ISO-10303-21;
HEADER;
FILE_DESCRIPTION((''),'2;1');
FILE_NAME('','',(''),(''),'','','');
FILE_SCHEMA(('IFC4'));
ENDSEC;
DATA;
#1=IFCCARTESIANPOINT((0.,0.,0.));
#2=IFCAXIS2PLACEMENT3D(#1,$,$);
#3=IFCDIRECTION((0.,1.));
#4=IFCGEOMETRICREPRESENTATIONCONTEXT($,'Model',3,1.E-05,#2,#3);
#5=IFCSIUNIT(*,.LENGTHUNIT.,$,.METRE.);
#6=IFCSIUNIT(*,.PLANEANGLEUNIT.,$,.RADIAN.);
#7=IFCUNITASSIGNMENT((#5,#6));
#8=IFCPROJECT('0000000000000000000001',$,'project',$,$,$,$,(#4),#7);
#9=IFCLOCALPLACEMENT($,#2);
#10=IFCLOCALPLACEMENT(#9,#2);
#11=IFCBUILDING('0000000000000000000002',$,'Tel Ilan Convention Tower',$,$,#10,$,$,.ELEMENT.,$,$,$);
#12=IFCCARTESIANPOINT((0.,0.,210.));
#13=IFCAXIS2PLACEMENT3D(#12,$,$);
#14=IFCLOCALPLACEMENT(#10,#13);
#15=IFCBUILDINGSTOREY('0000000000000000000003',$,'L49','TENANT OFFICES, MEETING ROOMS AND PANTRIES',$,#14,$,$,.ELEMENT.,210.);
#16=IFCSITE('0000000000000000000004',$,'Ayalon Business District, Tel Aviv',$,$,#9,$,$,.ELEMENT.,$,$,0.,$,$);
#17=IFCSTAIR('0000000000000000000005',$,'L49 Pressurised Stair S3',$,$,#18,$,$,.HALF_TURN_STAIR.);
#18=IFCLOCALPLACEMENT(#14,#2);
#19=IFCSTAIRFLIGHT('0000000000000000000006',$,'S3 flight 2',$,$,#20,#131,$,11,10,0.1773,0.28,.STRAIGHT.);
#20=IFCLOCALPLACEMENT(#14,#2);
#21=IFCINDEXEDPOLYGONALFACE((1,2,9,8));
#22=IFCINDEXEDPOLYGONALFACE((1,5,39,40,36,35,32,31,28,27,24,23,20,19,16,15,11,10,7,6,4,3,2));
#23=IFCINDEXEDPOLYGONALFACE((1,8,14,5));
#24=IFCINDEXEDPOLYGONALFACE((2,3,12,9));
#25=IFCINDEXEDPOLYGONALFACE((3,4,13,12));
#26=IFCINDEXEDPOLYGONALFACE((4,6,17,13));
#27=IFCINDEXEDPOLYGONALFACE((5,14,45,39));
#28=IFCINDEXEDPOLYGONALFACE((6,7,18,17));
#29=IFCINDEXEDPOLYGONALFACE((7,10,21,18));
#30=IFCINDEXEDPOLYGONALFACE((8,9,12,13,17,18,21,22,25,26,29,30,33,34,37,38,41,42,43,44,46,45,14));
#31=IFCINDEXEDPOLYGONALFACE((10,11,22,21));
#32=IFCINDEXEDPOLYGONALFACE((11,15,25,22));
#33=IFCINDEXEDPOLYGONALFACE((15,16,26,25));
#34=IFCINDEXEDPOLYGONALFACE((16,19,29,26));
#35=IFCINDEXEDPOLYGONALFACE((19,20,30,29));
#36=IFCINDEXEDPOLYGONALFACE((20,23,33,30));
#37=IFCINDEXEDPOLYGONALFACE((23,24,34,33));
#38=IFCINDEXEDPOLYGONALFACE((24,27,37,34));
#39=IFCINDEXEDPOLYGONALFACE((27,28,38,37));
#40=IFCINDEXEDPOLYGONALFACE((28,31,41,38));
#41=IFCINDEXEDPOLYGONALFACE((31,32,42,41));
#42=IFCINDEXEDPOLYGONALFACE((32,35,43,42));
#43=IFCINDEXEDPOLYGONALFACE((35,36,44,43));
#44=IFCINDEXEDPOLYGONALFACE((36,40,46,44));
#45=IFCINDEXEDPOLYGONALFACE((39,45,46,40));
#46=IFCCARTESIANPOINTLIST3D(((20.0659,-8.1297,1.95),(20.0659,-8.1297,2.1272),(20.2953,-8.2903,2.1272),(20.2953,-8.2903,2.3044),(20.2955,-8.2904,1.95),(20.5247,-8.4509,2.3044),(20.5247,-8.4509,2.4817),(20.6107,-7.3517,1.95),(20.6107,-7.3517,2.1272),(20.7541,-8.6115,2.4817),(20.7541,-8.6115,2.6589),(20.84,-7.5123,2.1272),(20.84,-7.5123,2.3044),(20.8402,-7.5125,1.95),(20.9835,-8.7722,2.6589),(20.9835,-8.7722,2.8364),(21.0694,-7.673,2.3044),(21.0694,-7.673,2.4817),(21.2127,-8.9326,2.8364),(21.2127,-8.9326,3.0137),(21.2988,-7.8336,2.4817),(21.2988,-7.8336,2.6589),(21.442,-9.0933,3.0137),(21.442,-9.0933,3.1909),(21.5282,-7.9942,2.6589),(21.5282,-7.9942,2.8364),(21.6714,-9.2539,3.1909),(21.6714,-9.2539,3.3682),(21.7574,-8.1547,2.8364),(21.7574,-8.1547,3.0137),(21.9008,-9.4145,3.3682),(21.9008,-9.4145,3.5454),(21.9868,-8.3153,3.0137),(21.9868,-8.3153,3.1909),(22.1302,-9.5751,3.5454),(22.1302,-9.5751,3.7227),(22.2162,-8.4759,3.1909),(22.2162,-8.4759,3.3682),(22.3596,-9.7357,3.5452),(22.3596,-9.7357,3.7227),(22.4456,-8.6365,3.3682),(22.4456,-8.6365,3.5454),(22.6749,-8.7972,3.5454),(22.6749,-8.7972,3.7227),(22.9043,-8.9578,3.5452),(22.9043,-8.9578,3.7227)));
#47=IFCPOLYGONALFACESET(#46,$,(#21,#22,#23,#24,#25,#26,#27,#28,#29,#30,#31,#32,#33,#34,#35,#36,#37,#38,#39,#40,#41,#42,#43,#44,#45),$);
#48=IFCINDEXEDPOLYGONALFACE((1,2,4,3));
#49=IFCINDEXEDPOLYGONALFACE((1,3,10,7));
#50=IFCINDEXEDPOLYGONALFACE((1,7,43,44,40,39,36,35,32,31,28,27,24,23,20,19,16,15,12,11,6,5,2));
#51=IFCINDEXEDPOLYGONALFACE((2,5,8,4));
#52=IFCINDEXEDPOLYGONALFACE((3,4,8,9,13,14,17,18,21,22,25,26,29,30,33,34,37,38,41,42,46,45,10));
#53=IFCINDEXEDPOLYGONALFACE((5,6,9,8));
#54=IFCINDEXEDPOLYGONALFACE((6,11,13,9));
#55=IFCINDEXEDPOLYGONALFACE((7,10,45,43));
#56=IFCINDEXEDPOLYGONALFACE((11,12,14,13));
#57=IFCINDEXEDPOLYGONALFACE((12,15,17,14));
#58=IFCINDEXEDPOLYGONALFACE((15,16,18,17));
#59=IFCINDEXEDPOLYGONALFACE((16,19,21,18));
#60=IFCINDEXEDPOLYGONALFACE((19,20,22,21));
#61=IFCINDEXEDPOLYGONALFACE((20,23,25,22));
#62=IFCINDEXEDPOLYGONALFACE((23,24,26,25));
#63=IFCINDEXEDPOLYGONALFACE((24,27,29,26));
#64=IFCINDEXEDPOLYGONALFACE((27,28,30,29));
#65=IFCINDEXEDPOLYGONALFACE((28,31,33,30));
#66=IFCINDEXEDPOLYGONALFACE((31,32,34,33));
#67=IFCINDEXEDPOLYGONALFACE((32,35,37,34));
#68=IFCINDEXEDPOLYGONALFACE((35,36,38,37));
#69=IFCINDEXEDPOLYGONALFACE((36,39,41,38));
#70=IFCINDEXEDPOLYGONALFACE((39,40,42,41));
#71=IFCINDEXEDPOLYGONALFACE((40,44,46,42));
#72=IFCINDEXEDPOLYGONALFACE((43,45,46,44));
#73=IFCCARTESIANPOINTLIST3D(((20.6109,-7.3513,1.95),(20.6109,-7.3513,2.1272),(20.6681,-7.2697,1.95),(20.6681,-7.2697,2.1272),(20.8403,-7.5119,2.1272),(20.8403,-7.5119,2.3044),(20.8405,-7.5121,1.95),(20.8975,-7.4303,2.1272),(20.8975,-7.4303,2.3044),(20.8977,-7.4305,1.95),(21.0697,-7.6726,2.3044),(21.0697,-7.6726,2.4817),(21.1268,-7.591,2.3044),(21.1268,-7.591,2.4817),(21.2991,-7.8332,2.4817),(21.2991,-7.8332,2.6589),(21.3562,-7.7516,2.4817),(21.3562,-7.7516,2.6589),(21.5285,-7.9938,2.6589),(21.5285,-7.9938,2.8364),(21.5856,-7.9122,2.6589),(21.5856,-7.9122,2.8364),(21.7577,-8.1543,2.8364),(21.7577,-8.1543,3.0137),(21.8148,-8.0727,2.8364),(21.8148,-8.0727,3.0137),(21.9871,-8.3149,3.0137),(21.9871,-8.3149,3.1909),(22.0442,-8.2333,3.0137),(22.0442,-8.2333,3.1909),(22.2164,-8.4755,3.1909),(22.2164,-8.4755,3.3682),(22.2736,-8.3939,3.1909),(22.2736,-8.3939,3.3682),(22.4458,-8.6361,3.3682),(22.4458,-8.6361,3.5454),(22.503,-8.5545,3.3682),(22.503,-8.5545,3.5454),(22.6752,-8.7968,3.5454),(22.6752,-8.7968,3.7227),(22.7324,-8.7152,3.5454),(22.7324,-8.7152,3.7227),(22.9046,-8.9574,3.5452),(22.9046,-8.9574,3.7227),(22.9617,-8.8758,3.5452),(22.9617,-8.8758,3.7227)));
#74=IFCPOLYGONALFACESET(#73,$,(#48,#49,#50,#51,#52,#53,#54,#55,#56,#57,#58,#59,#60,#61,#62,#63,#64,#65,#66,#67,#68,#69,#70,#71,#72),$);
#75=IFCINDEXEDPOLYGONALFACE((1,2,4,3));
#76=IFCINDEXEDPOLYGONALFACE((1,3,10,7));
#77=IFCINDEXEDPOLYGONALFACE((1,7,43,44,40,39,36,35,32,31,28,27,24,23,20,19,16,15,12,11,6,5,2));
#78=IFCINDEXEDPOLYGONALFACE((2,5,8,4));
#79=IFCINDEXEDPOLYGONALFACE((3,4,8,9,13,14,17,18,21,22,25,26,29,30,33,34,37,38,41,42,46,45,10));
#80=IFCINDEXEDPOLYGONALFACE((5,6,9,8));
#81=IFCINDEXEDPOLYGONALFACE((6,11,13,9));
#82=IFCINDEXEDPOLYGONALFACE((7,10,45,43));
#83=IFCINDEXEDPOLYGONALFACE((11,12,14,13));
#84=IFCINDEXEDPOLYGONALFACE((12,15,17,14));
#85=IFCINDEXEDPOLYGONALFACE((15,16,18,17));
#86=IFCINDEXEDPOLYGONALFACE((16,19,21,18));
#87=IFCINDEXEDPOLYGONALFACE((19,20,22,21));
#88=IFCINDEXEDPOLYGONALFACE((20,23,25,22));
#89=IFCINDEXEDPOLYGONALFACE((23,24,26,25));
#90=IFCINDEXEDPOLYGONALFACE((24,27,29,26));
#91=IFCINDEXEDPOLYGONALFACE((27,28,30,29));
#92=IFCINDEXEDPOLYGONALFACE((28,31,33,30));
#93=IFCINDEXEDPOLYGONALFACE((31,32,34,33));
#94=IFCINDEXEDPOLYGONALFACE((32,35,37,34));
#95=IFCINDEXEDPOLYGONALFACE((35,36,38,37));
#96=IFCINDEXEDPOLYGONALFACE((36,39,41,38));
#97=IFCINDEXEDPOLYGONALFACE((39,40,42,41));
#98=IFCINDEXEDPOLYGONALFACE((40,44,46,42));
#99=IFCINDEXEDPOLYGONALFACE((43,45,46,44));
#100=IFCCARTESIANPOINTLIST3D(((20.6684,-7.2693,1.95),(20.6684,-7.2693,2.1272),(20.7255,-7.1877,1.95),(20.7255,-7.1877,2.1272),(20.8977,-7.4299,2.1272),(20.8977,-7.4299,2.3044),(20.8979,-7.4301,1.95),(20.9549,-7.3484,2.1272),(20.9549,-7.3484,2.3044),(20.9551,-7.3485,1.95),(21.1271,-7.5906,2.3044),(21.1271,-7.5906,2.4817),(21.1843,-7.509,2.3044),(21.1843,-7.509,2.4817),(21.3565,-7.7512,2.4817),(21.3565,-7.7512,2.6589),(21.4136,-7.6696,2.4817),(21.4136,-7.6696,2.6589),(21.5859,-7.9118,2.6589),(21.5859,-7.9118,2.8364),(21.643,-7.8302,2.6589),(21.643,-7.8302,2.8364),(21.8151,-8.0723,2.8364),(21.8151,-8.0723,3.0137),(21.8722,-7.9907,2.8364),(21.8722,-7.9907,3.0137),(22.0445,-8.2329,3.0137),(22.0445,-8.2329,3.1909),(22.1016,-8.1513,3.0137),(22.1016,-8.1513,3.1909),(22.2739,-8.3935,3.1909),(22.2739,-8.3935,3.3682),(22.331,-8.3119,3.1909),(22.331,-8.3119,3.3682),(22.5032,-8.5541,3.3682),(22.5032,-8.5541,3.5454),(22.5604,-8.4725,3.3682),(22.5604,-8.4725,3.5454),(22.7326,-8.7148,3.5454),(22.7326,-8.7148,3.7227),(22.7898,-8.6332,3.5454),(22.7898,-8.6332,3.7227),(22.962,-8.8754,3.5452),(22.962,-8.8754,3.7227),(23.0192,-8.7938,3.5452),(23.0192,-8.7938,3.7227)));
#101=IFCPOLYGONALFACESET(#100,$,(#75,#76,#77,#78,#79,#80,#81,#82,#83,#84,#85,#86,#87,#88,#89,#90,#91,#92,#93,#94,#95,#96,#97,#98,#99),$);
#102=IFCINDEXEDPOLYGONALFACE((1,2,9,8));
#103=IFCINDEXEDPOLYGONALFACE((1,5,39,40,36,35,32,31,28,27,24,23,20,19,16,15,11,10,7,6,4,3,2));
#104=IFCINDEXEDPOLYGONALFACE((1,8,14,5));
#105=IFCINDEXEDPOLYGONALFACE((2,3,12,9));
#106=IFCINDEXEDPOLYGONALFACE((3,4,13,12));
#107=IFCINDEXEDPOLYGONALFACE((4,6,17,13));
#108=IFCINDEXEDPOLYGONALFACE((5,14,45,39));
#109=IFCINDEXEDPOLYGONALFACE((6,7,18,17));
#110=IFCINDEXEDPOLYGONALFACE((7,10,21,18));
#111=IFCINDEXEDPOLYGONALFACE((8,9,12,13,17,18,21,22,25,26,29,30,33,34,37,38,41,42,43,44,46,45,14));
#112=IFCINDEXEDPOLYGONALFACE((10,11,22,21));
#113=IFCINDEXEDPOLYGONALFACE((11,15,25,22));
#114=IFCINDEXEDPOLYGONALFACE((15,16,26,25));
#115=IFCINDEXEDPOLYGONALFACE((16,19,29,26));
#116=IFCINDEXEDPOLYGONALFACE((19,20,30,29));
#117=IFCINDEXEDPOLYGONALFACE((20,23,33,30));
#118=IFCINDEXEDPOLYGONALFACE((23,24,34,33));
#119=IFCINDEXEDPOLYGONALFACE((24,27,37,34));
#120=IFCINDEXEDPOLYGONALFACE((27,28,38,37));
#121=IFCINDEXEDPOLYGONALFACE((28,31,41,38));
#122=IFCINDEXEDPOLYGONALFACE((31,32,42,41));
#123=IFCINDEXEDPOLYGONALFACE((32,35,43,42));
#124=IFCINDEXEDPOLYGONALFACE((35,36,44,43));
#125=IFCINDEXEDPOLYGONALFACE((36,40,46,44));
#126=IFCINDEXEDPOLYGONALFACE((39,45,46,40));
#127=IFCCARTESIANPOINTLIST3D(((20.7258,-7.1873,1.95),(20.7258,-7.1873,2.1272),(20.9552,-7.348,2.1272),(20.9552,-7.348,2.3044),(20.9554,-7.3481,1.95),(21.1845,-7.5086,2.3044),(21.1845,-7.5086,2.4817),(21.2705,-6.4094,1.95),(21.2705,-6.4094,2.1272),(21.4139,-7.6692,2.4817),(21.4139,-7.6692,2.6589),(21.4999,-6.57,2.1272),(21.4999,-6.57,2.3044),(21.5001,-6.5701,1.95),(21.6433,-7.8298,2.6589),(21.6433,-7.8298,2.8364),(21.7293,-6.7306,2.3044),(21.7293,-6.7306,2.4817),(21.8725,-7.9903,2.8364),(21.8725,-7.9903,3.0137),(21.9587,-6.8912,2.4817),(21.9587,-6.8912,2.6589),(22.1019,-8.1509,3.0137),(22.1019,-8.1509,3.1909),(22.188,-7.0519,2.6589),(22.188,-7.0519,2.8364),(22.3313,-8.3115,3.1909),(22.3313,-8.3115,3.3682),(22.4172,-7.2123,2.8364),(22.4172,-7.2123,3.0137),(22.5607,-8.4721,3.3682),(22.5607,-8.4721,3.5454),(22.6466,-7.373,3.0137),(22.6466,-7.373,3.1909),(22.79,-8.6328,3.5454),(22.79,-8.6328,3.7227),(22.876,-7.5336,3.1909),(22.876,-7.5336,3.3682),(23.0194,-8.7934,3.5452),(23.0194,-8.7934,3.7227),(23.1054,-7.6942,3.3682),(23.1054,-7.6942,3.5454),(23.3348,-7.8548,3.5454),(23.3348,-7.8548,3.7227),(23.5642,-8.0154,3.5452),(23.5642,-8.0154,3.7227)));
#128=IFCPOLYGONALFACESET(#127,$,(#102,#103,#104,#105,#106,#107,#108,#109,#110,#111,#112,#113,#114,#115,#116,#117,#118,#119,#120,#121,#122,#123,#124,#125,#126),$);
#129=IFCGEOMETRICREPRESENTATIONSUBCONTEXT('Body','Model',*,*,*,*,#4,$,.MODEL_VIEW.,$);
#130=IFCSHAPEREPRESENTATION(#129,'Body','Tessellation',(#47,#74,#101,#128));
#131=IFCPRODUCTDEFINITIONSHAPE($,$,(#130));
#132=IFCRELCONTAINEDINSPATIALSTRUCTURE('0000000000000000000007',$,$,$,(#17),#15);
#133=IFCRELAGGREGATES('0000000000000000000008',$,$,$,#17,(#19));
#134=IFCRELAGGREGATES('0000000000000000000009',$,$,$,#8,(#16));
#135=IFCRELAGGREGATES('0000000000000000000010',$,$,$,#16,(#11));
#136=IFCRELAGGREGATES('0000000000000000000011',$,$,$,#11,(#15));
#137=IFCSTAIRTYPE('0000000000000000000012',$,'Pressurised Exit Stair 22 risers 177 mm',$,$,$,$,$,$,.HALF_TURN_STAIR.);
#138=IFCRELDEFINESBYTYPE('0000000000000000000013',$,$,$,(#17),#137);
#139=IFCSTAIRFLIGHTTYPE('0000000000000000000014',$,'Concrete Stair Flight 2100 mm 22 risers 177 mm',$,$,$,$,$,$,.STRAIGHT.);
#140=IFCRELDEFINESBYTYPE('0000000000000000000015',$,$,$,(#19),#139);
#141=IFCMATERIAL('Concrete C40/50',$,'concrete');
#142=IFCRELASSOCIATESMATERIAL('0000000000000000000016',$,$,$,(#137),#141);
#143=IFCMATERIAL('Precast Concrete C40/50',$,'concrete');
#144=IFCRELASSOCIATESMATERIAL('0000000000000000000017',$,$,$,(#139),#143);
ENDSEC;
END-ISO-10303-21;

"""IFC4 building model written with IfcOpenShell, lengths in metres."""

from ifc_helpers import new_model, si_unit, direction, frame, origin, place, context, subcontext, project, spatial, polyline, outline, extrude, material, type_object, element, aggregate, save


model = new_model("IFC4")

# Units and contexts
model_context = context("Model", 3, precision=1e-05, world=origin(), true_north=direction((0.0, 1.0)))
body_context = subcontext(model_context, "Body", "Model", "MODEL_VIEW")
ifc_project = project(units=[si_unit("LENGTHUNIT", "METRE"), si_unit("PLANEANGLEUNIT", "RADIAN")], contexts=[model_context])

# Site, building, storey
site_placement = place(None, origin())
site = spatial("IfcSite", under=ifc_project, at=site_placement, Name="Ayalon Business District, Tel Aviv", CompositionType="ELEMENT", RefElevation=0.0)
building_placement = place(site_placement, origin())
building = spatial("IfcBuilding", under=site, at=building_placement, Name="Tel Ilan Convention Tower", CompositionType="ELEMENT")
storey_placement = place(building_placement, frame((0.0, 0.0, 210.0)))
storey = spatial("IfcBuildingStorey", under=building, at=storey_placement, Name="L49", Description="TENANT OFFICES, MEETING ROOMS AND PANTRIES", CompositionType="ELEMENT", Elevation=210.0)

# Stair, stair flight
ifc_material_1 = material(Name="Concrete C40/50", Category="concrete")
stair_type = type_object("IfcStairType", Name="Pressurised Exit Stair 22 risers 177 mm", PredefinedType="HALF_TURN_STAIR", material=ifc_material_1)
stair_1_placement = place(storey_placement, origin())
stair_1 = element("IfcStair", 1, at=stair_1_placement, inside=storey, type_object=stair_type, Name="L49 Pressurised Stair S3", PredefinedType="HALF_TURN_STAIR")
ifc_material_2 = material(Name="Precast Concrete C40/50", Category="concrete")
stair_flight_type = type_object("IfcStairFlightType", Name="Concrete Stair Flight 2100 mm 22 risers 177 mm", PredefinedType="STRAIGHT", material=ifc_material_2)
stair_flight_1_placement = place(storey_placement, frame((20.6682, -7.2695, 1.95), z_axis=(0.0, 0.0, 1.0), x_axis=(0.819152, -0.573576, 0.0)))
stair_flight_1 = element("IfcStairFlight", 2, at=stair_flight_1_placement, type_object=stair_flight_type, Name="S3 flight 2", NumberOfRisers=11, NumberOfTreads=10, PredefinedType="STRAIGHT", RiserHeight=0.1773, TreadLength=0.28, context=body_context, shape_type="SweptSolid", body=[
    extrude(outline(polyline([(0.0, 0.0), (0.0, 0.1772), (0.28, 0.1772), (0.28, 0.3545), (0.5601, 0.3545), (0.5601, 0.5317), (0.8401, 0.5317), (0.8401, 0.709), (1.1201, 0.709), (1.1201, 0.8865), (1.3999, 0.8865), (1.3999, 1.0637), (1.6799, 1.0637), (1.6799, 1.241), (1.96, 1.241), (1.96, 1.4182), (2.24, 1.4182), (2.24, 1.5955), (2.52, 1.5955), (2.52, 1.7727), (2.8, 1.7727), (2.8, 1.95), (2.8, 1.5952), (0.2803, 0.0), (0.0, 0.0)])), frame((0.0, -0.1003, 0.0), z_axis=(0.0, -1.0, 0.0), x_axis=(1.0, 0.0, 0.0)), (0.0, 0.0, 1.0), 0.9497),
    extrude(outline(polyline([(0.0, 0.0), (0.0, 0.1772), (0.28, 0.1772), (0.28, 0.3545), (0.5601, 0.3545), (0.5601, 0.5317), (0.8401, 0.5317), (0.8401, 0.709), (1.1201, 0.709), (1.1201, 0.8865), (1.3999, 0.8865), (1.3999, 1.0637), (1.6799, 1.0637), (1.6799, 1.241), (1.96, 1.241), (1.96, 1.4182), (2.24, 1.4182), (2.24, 1.5955), (2.52, 1.5955), (2.52, 1.7727), (2.8, 1.7727), (2.8, 1.95), (2.8, 1.5952), (0.2803, 0.0), (0.0, 0.0)])), frame((0.0, -0.0002, 0.0), z_axis=(0.0, -1.0, 0.0), x_axis=(1.0, 0.0, 0.0)), (0.0, 0.0, 1.0), 0.0996),
    extrude(outline(polyline([(0.0, 0.0), (0.0, 0.1772), (0.28, 0.1772), (0.28, 0.3545), (0.5601, 0.3545), (0.5601, 0.5317), (0.8401, 0.5317), (0.8401, 0.709), (1.1201, 0.709), (1.1201, 0.8865), (1.3999, 0.8865), (1.3999, 1.0637), (1.6799, 1.0637), (1.6799, 1.241), (1.96, 1.241), (1.96, 1.4182), (2.24, 1.4182), (2.24, 1.5955), (2.52, 1.5955), (2.52, 1.7727), (2.8, 1.7727), (2.8, 1.95), (2.8, 1.5952), (0.2803, 0.0), (0.0, 0.0)])), frame((0.0, 0.0999, 0.0), z_axis=(0.0, -1.0, 0.0), x_axis=(1.0, 0.0, 0.0)), (0.0, 0.0, 1.0), 0.0996),
    extrude(outline(polyline([(0.0, 0.0), (0.0, 0.1772), (0.28, 0.1772), (0.28, 0.3545), (0.5601, 0.3545), (0.5601, 0.5317), (0.8401, 0.5317), (0.8401, 0.709), (1.1201, 0.709), (1.1201, 0.8865), (1.3999, 0.8865), (1.3999, 1.0637), (1.6799, 1.0637), (1.6799, 1.241), (1.96, 1.241), (1.96, 1.4182), (2.24, 1.4182), (2.24, 1.5955), (2.52, 1.5955), (2.52, 1.7727), (2.8, 1.7727), (2.8, 1.95), (2.8, 1.5952), (0.2803, 0.0), (0.0, 0.0)])), frame((0.0, 1.05, 0.0), z_axis=(0.0, -1.0, 0.0), x_axis=(1.0, 0.0, 0.0)), (0.0, 0.0, 1.0), 0.9497),
])
aggregate(stair_1, [stair_flight_1])

save(model, "model.ifc")
